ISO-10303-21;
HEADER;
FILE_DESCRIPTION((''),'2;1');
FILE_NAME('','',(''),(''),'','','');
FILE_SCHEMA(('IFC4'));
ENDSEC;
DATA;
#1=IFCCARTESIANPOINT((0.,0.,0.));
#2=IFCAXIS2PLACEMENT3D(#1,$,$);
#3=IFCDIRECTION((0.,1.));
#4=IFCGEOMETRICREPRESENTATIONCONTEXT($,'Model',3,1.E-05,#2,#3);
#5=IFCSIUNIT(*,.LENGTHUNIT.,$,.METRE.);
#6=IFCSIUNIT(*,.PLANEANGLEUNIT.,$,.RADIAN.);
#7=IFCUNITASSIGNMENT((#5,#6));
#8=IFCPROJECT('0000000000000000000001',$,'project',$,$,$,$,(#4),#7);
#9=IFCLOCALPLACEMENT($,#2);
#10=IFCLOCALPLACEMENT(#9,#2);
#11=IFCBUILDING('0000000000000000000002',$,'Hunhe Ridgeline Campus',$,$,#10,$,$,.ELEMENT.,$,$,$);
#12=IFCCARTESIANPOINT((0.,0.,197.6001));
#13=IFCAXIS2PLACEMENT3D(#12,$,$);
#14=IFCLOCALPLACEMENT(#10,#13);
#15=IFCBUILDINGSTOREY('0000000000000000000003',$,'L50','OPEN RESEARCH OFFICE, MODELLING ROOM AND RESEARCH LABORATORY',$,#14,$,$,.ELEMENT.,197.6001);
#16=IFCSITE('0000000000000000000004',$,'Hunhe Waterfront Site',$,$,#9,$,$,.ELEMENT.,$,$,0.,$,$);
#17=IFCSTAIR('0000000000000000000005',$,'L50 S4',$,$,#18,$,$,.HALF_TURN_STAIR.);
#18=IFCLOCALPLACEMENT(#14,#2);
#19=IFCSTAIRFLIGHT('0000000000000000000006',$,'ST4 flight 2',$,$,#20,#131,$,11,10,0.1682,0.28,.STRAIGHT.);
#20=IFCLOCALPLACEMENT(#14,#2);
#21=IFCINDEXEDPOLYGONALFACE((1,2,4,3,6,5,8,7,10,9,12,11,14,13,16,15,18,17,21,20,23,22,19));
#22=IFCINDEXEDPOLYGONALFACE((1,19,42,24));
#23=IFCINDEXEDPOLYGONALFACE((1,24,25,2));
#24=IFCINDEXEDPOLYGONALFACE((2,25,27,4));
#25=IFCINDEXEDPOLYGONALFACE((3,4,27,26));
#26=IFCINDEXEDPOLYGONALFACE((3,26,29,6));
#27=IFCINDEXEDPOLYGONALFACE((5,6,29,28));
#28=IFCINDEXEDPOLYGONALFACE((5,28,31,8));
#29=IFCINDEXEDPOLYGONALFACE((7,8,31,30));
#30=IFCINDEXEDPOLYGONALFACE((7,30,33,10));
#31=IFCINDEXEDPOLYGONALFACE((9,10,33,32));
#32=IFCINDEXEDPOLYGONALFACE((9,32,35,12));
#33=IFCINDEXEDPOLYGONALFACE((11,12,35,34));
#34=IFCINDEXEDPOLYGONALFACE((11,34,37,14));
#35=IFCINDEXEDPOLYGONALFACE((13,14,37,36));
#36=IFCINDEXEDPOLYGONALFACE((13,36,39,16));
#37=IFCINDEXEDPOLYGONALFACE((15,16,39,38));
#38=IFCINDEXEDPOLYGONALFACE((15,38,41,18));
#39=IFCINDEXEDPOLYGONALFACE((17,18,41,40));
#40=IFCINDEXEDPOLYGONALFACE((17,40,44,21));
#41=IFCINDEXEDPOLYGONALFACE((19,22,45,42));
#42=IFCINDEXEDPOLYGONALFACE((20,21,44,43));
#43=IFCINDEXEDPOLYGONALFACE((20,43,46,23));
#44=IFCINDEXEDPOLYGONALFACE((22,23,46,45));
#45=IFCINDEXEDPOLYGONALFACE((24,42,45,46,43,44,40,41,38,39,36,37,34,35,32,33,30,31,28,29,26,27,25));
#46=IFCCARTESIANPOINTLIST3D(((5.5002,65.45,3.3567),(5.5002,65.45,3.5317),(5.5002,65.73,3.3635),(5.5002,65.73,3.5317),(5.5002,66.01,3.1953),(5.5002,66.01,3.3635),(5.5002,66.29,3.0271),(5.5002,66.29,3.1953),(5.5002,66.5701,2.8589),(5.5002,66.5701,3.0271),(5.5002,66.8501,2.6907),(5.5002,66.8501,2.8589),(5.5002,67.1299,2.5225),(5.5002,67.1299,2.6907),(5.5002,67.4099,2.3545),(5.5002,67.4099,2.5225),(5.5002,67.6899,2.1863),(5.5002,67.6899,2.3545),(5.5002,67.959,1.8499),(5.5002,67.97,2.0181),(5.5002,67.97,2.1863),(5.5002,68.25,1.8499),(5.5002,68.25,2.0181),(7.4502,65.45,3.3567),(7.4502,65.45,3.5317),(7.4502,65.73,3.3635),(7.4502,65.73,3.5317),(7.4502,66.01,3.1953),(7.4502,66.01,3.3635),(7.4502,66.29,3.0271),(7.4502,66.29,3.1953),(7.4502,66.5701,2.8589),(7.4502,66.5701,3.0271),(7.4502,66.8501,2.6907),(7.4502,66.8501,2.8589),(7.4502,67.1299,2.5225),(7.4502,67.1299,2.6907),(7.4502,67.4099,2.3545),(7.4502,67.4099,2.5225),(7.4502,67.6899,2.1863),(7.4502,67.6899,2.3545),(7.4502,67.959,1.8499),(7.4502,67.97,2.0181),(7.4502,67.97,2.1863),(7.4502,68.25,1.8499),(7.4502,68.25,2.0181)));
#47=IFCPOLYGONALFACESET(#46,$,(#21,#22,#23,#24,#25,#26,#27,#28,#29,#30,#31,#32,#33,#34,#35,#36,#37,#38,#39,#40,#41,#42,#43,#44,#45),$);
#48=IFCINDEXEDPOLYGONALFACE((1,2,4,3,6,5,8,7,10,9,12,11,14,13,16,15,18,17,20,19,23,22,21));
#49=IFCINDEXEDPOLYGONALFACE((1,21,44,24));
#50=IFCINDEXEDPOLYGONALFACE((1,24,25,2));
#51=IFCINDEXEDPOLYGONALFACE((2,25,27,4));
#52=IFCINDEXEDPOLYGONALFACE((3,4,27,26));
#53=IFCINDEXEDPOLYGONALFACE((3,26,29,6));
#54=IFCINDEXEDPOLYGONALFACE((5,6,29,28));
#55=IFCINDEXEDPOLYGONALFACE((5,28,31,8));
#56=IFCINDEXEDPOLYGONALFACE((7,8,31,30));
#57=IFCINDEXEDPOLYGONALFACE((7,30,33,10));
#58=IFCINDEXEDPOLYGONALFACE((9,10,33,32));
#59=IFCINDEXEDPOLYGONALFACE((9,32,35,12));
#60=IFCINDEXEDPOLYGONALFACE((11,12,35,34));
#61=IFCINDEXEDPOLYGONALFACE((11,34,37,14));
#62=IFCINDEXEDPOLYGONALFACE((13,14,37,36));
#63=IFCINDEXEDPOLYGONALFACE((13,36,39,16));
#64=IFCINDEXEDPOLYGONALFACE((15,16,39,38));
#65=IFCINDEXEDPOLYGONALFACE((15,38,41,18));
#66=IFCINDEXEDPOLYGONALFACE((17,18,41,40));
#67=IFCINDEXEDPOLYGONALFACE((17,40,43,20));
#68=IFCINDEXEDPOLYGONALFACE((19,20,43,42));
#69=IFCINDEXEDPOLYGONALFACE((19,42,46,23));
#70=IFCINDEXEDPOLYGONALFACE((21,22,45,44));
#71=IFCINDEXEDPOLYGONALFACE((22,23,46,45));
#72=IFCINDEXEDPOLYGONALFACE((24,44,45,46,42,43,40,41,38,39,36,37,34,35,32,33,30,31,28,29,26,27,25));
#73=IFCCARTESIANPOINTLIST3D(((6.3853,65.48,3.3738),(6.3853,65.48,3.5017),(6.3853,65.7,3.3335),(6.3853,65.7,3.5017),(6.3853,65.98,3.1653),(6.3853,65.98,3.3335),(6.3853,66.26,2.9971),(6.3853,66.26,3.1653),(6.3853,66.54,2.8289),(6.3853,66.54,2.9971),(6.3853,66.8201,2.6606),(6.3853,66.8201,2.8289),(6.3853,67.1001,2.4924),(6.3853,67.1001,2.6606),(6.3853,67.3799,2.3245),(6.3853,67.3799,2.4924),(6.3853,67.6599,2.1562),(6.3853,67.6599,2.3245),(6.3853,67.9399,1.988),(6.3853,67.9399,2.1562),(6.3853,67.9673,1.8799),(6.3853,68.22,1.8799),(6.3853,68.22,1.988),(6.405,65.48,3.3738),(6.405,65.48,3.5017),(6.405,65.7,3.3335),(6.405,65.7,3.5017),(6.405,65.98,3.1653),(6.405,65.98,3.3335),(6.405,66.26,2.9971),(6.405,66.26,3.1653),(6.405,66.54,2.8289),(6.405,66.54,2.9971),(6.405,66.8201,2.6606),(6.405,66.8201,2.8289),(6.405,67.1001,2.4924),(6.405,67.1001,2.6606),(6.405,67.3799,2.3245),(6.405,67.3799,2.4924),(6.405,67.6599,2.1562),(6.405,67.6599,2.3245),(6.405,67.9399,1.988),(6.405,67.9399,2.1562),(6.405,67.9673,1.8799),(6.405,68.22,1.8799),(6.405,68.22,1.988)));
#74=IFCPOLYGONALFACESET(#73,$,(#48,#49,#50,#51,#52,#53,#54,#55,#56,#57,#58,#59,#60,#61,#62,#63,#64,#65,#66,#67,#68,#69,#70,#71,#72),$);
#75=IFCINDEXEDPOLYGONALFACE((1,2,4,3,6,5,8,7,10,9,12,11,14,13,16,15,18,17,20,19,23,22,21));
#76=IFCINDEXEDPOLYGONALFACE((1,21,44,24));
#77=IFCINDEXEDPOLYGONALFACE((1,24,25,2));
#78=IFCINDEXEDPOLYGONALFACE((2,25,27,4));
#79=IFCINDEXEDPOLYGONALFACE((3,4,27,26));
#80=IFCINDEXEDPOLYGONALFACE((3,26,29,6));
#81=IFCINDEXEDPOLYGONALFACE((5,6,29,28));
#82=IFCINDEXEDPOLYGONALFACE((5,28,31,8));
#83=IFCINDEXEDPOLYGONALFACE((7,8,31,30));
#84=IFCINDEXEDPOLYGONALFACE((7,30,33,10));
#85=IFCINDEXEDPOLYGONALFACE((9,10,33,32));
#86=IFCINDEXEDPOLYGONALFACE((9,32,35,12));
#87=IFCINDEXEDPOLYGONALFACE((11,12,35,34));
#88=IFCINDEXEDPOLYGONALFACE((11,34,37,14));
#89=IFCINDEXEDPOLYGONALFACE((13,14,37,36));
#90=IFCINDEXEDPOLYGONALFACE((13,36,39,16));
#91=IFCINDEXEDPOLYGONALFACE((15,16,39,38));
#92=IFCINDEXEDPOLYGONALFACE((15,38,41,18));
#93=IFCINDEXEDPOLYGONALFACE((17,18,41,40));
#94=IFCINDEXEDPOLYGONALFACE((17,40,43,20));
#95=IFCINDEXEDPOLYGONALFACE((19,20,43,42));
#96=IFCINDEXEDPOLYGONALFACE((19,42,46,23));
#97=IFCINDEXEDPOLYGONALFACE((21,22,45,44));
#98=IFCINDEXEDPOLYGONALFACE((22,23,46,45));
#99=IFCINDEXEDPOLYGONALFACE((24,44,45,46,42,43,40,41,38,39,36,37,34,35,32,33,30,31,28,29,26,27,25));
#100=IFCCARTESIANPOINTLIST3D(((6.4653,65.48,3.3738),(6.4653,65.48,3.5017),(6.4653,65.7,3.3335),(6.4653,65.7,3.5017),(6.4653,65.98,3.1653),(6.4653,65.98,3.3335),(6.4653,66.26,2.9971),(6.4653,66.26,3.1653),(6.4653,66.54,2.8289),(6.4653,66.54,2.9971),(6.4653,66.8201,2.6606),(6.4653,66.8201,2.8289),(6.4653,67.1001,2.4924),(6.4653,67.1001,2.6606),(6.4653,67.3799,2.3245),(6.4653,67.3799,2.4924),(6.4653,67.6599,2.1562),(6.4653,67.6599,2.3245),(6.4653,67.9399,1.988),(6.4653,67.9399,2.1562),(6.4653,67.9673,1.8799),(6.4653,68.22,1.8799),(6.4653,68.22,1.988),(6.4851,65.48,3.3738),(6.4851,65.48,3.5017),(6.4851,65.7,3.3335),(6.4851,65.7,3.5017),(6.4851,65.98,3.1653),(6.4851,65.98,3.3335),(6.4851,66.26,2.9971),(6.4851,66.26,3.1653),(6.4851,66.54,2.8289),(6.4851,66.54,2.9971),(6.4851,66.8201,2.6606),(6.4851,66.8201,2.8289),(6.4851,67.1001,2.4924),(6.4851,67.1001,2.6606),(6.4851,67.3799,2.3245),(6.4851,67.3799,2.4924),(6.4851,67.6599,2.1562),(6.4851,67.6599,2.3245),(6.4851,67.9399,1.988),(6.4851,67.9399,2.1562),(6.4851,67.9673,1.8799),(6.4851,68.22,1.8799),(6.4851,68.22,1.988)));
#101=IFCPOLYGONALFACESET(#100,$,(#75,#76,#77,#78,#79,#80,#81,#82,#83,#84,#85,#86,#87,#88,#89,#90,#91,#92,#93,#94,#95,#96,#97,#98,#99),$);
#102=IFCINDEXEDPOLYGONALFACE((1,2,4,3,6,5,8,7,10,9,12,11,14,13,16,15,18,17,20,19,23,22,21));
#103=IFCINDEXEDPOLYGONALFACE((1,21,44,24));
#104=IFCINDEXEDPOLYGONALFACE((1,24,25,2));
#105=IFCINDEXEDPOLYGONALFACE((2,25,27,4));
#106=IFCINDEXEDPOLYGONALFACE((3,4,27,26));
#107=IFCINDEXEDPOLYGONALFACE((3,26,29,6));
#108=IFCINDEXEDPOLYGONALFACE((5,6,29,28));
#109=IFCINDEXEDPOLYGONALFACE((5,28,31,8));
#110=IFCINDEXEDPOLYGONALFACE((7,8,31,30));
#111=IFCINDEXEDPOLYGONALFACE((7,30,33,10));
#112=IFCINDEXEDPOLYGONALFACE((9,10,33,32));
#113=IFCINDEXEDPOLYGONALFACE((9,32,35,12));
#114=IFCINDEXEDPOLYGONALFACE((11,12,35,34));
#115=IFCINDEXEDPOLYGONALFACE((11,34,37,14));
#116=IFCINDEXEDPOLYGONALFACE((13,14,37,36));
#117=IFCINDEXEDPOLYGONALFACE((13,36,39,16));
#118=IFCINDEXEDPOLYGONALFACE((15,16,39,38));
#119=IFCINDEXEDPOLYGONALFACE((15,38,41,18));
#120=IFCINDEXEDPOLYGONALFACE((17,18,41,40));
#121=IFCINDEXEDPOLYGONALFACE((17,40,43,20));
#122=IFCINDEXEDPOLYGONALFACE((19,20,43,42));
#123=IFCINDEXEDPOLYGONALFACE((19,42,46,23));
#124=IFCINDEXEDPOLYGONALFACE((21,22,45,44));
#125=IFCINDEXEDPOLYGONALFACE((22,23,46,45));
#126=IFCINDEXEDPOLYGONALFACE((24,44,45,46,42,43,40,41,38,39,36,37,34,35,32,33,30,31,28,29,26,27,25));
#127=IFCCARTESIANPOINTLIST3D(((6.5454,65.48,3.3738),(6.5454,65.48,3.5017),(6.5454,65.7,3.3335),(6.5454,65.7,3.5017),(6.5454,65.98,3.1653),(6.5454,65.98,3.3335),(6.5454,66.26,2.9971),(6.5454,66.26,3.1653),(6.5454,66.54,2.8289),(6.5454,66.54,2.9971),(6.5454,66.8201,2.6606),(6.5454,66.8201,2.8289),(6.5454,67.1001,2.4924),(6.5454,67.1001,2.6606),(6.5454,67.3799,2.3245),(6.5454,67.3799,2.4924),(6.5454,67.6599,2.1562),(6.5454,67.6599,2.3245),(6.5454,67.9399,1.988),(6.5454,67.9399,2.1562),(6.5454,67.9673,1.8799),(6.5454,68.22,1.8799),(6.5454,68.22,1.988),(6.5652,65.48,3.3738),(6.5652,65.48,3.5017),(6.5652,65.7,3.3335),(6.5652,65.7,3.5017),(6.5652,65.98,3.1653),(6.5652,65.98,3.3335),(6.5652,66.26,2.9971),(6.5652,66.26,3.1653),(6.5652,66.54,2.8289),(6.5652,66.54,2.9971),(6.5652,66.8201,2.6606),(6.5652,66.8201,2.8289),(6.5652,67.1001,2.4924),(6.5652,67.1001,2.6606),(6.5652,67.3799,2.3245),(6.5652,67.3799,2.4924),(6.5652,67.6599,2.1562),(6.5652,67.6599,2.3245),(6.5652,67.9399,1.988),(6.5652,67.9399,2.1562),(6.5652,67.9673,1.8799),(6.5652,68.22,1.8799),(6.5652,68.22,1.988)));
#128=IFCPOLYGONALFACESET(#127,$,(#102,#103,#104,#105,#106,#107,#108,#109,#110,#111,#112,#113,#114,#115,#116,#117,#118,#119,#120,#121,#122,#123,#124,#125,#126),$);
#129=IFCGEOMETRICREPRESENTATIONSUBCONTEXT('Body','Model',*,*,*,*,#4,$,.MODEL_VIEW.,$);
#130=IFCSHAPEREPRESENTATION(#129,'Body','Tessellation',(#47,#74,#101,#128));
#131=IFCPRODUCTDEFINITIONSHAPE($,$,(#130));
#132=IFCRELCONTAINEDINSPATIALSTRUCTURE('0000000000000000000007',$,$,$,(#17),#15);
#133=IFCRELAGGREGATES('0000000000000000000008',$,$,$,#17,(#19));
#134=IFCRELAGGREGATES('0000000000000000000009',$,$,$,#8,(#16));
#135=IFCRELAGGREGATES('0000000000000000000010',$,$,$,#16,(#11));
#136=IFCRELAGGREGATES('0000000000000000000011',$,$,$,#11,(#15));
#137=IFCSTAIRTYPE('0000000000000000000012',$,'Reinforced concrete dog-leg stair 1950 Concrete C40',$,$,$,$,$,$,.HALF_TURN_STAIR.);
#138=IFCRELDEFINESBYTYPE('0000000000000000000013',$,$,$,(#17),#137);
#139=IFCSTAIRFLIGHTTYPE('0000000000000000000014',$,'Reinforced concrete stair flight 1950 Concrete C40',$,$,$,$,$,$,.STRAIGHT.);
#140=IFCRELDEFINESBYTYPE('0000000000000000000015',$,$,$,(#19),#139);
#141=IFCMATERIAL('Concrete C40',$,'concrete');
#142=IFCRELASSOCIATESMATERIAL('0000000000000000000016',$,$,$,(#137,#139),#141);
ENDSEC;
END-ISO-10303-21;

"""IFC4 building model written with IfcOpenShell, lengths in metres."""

from ifc_helpers import new_model, si_unit, direction, frame, origin, place, context, subcontext, project, spatial, polyline, outline, extrude, material, type_object, element, aggregate, save


model = new_model("IFC4")

# Units and contexts
model_context = context("Model", 3, precision=1e-05, world=origin(), true_north=direction((0.0, 1.0)))
body_context = subcontext(model_context, "Body", "Model", "MODEL_VIEW")
ifc_project = project(units=[si_unit("LENGTHUNIT", "METRE"), si_unit("PLANEANGLEUNIT", "RADIAN")], contexts=[model_context])

# Site, building, storey
site_placement = place(None, origin())
site = spatial("IfcSite", under=ifc_project, at=site_placement, Name="Hunhe Waterfront Site", CompositionType="ELEMENT", RefElevation=0.0)
building_placement = place(site_placement, origin())
building = spatial("IfcBuilding", under=site, at=building_placement, Name="Hunhe Ridgeline Campus", CompositionType="ELEMENT")
storey_placement = place(building_placement, frame((0.0, 0.0, 197.6001)))
storey = spatial("IfcBuildingStorey", under=building, at=storey_placement, Name="L50", Description="OPEN RESEARCH OFFICE, MODELLING ROOM AND RESEARCH LABORATORY", CompositionType="ELEMENT", Elevation=197.6001)

# Stair, stair flight
ifc_material_1 = material(Name="Concrete C40", Category="concrete")
stair_type = type_object("IfcStairType", Name="Reinforced concrete dog-leg stair 1950 Concrete C40", PredefinedType="HALF_TURN_STAIR", material=ifc_material_1)
stair_placement = place(storey_placement, origin())
stair = element("IfcStair", 1, at=stair_placement, inside=storey, type_object=stair_type, Name="L50 S4", PredefinedType="HALF_TURN_STAIR")
stair_flight_type = type_object("IfcStairFlightType", Name="Reinforced concrete stair flight 1950 Concrete C40", PredefinedType="STRAIGHT", material=ifc_material_1)
stair_flight_placement = place(storey_placement, frame((6.4751, 68.25, 1.8499), z_axis=(0.0, 0.0, 1.0), x_axis=(0.0, -1.0, 0.0)))
stair_flight = element("IfcStairFlight", 2, at=stair_flight_placement, type_object=stair_flight_type, Name="ST4 flight 2", NumberOfRisers=11, NumberOfTreads=10, PredefinedType="STRAIGHT", RiserHeight=0.1682, TreadLength=0.28, context=body_context, shape_type="SweptSolid", body=[
    extrude(outline(polyline([(0.0, 0.0), (0.0, 0.1682), (0.28, 0.1682), (0.28, 0.3364), (0.5601, 0.3364), (0.5601, 0.5046), (0.8401, 0.5046), (0.8401, 0.6726), (1.1201, 0.6726), (1.1201, 0.8408), (1.3999, 0.8408), (1.3999, 1.009), (1.6799, 1.009), (1.6799, 1.1772), (1.96, 1.1772), (1.96, 1.3455), (2.24, 1.3455), (2.24, 1.5137), (2.52, 1.5137), (2.52, 1.6819), (2.8, 1.6819), (2.8, 1.8501), (2.8, 1.5068), (0.291, 0.0), (0.0, 0.0)])), frame((0.0, 0.9751, 0.0), z_axis=(0.0, -1.0, 0.0), x_axis=(1.0, 0.0, 0.0)), (0.0, 0.0, 1.0), 1.95),
    extrude(outline(polyline([(0.03, 0.03), (0.03, 0.1382), (0.3101, 0.1382), (0.3101, 0.3064), (0.5901, 0.3064), (0.5901, 0.4746), (0.8701, 0.4746), (0.8701, 0.6426), (1.1499, 0.6426), (1.1499, 0.8108), (1.4299, 0.8108), (1.4299, 0.979), (1.71, 0.979), (1.71, 1.1472), (1.99, 1.1472), (1.99, 1.3154), (2.27, 1.3154), (2.27, 1.4836), (2.55, 1.4836), (2.55, 1.6519), (2.77, 1.6519), (2.77, 1.5239), (0.2827, 0.03), (0.03, 0.03)])), frame((0.0, -0.0701, 0.0), z_axis=(0.0, -1.0, 0.0), x_axis=(1.0, 0.0, 0.0)), (0.0, 0.0, 1.0), 0.0198),
    extrude(outline(polyline([(0.03, 0.03), (0.03, 0.1382), (0.3101, 0.1382), (0.3101, 0.3064), (0.5901, 0.3064), (0.5901, 0.4746), (0.8701, 0.4746), (0.8701, 0.6426), (1.1499, 0.6426), (1.1499, 0.8108), (1.4299, 0.8108), (1.4299, 0.979), (1.71, 0.979), (1.71, 1.1472), (1.99, 1.1472), (1.99, 1.3154), (2.27, 1.3154), (2.27, 1.4836), (2.55, 1.4836), (2.55, 1.6519), (2.77, 1.6519), (2.77, 1.5239), (0.2827, 0.03), (0.03, 0.03)])), frame((0.0, 0.01, 0.0), z_axis=(0.0, -1.0, 0.0), x_axis=(1.0, 0.0, 0.0)), (0.0, 0.0, 1.0), 0.0198),
    extrude(outline(polyline([(0.03, 0.03), (0.03, 0.1382), (0.3101, 0.1382), (0.3101, 0.3064), (0.5901, 0.3064), (0.5901, 0.4746), (0.8701, 0.4746), (0.8701, 0.6426), (1.1499, 0.6426), (1.1499, 0.8108), (1.4299, 0.8108), (1.4299, 0.979), (1.71, 0.979), (1.71, 1.1472), (1.99, 1.1472), (1.99, 1.3154), (2.27, 1.3154), (2.27, 1.4836), (2.55, 1.4836), (2.55, 1.6519), (2.77, 1.6519), (2.77, 1.5239), (0.2827, 0.03), (0.03, 0.03)])), frame((0.0, 0.0901, 0.0), z_axis=(0.0, -1.0, 0.0), x_axis=(1.0, 0.0, 0.0)), (0.0, 0.0, 1.0), 0.0198),
])
aggregate(stair, [stair_flight])

save(model, "model.ifc")
